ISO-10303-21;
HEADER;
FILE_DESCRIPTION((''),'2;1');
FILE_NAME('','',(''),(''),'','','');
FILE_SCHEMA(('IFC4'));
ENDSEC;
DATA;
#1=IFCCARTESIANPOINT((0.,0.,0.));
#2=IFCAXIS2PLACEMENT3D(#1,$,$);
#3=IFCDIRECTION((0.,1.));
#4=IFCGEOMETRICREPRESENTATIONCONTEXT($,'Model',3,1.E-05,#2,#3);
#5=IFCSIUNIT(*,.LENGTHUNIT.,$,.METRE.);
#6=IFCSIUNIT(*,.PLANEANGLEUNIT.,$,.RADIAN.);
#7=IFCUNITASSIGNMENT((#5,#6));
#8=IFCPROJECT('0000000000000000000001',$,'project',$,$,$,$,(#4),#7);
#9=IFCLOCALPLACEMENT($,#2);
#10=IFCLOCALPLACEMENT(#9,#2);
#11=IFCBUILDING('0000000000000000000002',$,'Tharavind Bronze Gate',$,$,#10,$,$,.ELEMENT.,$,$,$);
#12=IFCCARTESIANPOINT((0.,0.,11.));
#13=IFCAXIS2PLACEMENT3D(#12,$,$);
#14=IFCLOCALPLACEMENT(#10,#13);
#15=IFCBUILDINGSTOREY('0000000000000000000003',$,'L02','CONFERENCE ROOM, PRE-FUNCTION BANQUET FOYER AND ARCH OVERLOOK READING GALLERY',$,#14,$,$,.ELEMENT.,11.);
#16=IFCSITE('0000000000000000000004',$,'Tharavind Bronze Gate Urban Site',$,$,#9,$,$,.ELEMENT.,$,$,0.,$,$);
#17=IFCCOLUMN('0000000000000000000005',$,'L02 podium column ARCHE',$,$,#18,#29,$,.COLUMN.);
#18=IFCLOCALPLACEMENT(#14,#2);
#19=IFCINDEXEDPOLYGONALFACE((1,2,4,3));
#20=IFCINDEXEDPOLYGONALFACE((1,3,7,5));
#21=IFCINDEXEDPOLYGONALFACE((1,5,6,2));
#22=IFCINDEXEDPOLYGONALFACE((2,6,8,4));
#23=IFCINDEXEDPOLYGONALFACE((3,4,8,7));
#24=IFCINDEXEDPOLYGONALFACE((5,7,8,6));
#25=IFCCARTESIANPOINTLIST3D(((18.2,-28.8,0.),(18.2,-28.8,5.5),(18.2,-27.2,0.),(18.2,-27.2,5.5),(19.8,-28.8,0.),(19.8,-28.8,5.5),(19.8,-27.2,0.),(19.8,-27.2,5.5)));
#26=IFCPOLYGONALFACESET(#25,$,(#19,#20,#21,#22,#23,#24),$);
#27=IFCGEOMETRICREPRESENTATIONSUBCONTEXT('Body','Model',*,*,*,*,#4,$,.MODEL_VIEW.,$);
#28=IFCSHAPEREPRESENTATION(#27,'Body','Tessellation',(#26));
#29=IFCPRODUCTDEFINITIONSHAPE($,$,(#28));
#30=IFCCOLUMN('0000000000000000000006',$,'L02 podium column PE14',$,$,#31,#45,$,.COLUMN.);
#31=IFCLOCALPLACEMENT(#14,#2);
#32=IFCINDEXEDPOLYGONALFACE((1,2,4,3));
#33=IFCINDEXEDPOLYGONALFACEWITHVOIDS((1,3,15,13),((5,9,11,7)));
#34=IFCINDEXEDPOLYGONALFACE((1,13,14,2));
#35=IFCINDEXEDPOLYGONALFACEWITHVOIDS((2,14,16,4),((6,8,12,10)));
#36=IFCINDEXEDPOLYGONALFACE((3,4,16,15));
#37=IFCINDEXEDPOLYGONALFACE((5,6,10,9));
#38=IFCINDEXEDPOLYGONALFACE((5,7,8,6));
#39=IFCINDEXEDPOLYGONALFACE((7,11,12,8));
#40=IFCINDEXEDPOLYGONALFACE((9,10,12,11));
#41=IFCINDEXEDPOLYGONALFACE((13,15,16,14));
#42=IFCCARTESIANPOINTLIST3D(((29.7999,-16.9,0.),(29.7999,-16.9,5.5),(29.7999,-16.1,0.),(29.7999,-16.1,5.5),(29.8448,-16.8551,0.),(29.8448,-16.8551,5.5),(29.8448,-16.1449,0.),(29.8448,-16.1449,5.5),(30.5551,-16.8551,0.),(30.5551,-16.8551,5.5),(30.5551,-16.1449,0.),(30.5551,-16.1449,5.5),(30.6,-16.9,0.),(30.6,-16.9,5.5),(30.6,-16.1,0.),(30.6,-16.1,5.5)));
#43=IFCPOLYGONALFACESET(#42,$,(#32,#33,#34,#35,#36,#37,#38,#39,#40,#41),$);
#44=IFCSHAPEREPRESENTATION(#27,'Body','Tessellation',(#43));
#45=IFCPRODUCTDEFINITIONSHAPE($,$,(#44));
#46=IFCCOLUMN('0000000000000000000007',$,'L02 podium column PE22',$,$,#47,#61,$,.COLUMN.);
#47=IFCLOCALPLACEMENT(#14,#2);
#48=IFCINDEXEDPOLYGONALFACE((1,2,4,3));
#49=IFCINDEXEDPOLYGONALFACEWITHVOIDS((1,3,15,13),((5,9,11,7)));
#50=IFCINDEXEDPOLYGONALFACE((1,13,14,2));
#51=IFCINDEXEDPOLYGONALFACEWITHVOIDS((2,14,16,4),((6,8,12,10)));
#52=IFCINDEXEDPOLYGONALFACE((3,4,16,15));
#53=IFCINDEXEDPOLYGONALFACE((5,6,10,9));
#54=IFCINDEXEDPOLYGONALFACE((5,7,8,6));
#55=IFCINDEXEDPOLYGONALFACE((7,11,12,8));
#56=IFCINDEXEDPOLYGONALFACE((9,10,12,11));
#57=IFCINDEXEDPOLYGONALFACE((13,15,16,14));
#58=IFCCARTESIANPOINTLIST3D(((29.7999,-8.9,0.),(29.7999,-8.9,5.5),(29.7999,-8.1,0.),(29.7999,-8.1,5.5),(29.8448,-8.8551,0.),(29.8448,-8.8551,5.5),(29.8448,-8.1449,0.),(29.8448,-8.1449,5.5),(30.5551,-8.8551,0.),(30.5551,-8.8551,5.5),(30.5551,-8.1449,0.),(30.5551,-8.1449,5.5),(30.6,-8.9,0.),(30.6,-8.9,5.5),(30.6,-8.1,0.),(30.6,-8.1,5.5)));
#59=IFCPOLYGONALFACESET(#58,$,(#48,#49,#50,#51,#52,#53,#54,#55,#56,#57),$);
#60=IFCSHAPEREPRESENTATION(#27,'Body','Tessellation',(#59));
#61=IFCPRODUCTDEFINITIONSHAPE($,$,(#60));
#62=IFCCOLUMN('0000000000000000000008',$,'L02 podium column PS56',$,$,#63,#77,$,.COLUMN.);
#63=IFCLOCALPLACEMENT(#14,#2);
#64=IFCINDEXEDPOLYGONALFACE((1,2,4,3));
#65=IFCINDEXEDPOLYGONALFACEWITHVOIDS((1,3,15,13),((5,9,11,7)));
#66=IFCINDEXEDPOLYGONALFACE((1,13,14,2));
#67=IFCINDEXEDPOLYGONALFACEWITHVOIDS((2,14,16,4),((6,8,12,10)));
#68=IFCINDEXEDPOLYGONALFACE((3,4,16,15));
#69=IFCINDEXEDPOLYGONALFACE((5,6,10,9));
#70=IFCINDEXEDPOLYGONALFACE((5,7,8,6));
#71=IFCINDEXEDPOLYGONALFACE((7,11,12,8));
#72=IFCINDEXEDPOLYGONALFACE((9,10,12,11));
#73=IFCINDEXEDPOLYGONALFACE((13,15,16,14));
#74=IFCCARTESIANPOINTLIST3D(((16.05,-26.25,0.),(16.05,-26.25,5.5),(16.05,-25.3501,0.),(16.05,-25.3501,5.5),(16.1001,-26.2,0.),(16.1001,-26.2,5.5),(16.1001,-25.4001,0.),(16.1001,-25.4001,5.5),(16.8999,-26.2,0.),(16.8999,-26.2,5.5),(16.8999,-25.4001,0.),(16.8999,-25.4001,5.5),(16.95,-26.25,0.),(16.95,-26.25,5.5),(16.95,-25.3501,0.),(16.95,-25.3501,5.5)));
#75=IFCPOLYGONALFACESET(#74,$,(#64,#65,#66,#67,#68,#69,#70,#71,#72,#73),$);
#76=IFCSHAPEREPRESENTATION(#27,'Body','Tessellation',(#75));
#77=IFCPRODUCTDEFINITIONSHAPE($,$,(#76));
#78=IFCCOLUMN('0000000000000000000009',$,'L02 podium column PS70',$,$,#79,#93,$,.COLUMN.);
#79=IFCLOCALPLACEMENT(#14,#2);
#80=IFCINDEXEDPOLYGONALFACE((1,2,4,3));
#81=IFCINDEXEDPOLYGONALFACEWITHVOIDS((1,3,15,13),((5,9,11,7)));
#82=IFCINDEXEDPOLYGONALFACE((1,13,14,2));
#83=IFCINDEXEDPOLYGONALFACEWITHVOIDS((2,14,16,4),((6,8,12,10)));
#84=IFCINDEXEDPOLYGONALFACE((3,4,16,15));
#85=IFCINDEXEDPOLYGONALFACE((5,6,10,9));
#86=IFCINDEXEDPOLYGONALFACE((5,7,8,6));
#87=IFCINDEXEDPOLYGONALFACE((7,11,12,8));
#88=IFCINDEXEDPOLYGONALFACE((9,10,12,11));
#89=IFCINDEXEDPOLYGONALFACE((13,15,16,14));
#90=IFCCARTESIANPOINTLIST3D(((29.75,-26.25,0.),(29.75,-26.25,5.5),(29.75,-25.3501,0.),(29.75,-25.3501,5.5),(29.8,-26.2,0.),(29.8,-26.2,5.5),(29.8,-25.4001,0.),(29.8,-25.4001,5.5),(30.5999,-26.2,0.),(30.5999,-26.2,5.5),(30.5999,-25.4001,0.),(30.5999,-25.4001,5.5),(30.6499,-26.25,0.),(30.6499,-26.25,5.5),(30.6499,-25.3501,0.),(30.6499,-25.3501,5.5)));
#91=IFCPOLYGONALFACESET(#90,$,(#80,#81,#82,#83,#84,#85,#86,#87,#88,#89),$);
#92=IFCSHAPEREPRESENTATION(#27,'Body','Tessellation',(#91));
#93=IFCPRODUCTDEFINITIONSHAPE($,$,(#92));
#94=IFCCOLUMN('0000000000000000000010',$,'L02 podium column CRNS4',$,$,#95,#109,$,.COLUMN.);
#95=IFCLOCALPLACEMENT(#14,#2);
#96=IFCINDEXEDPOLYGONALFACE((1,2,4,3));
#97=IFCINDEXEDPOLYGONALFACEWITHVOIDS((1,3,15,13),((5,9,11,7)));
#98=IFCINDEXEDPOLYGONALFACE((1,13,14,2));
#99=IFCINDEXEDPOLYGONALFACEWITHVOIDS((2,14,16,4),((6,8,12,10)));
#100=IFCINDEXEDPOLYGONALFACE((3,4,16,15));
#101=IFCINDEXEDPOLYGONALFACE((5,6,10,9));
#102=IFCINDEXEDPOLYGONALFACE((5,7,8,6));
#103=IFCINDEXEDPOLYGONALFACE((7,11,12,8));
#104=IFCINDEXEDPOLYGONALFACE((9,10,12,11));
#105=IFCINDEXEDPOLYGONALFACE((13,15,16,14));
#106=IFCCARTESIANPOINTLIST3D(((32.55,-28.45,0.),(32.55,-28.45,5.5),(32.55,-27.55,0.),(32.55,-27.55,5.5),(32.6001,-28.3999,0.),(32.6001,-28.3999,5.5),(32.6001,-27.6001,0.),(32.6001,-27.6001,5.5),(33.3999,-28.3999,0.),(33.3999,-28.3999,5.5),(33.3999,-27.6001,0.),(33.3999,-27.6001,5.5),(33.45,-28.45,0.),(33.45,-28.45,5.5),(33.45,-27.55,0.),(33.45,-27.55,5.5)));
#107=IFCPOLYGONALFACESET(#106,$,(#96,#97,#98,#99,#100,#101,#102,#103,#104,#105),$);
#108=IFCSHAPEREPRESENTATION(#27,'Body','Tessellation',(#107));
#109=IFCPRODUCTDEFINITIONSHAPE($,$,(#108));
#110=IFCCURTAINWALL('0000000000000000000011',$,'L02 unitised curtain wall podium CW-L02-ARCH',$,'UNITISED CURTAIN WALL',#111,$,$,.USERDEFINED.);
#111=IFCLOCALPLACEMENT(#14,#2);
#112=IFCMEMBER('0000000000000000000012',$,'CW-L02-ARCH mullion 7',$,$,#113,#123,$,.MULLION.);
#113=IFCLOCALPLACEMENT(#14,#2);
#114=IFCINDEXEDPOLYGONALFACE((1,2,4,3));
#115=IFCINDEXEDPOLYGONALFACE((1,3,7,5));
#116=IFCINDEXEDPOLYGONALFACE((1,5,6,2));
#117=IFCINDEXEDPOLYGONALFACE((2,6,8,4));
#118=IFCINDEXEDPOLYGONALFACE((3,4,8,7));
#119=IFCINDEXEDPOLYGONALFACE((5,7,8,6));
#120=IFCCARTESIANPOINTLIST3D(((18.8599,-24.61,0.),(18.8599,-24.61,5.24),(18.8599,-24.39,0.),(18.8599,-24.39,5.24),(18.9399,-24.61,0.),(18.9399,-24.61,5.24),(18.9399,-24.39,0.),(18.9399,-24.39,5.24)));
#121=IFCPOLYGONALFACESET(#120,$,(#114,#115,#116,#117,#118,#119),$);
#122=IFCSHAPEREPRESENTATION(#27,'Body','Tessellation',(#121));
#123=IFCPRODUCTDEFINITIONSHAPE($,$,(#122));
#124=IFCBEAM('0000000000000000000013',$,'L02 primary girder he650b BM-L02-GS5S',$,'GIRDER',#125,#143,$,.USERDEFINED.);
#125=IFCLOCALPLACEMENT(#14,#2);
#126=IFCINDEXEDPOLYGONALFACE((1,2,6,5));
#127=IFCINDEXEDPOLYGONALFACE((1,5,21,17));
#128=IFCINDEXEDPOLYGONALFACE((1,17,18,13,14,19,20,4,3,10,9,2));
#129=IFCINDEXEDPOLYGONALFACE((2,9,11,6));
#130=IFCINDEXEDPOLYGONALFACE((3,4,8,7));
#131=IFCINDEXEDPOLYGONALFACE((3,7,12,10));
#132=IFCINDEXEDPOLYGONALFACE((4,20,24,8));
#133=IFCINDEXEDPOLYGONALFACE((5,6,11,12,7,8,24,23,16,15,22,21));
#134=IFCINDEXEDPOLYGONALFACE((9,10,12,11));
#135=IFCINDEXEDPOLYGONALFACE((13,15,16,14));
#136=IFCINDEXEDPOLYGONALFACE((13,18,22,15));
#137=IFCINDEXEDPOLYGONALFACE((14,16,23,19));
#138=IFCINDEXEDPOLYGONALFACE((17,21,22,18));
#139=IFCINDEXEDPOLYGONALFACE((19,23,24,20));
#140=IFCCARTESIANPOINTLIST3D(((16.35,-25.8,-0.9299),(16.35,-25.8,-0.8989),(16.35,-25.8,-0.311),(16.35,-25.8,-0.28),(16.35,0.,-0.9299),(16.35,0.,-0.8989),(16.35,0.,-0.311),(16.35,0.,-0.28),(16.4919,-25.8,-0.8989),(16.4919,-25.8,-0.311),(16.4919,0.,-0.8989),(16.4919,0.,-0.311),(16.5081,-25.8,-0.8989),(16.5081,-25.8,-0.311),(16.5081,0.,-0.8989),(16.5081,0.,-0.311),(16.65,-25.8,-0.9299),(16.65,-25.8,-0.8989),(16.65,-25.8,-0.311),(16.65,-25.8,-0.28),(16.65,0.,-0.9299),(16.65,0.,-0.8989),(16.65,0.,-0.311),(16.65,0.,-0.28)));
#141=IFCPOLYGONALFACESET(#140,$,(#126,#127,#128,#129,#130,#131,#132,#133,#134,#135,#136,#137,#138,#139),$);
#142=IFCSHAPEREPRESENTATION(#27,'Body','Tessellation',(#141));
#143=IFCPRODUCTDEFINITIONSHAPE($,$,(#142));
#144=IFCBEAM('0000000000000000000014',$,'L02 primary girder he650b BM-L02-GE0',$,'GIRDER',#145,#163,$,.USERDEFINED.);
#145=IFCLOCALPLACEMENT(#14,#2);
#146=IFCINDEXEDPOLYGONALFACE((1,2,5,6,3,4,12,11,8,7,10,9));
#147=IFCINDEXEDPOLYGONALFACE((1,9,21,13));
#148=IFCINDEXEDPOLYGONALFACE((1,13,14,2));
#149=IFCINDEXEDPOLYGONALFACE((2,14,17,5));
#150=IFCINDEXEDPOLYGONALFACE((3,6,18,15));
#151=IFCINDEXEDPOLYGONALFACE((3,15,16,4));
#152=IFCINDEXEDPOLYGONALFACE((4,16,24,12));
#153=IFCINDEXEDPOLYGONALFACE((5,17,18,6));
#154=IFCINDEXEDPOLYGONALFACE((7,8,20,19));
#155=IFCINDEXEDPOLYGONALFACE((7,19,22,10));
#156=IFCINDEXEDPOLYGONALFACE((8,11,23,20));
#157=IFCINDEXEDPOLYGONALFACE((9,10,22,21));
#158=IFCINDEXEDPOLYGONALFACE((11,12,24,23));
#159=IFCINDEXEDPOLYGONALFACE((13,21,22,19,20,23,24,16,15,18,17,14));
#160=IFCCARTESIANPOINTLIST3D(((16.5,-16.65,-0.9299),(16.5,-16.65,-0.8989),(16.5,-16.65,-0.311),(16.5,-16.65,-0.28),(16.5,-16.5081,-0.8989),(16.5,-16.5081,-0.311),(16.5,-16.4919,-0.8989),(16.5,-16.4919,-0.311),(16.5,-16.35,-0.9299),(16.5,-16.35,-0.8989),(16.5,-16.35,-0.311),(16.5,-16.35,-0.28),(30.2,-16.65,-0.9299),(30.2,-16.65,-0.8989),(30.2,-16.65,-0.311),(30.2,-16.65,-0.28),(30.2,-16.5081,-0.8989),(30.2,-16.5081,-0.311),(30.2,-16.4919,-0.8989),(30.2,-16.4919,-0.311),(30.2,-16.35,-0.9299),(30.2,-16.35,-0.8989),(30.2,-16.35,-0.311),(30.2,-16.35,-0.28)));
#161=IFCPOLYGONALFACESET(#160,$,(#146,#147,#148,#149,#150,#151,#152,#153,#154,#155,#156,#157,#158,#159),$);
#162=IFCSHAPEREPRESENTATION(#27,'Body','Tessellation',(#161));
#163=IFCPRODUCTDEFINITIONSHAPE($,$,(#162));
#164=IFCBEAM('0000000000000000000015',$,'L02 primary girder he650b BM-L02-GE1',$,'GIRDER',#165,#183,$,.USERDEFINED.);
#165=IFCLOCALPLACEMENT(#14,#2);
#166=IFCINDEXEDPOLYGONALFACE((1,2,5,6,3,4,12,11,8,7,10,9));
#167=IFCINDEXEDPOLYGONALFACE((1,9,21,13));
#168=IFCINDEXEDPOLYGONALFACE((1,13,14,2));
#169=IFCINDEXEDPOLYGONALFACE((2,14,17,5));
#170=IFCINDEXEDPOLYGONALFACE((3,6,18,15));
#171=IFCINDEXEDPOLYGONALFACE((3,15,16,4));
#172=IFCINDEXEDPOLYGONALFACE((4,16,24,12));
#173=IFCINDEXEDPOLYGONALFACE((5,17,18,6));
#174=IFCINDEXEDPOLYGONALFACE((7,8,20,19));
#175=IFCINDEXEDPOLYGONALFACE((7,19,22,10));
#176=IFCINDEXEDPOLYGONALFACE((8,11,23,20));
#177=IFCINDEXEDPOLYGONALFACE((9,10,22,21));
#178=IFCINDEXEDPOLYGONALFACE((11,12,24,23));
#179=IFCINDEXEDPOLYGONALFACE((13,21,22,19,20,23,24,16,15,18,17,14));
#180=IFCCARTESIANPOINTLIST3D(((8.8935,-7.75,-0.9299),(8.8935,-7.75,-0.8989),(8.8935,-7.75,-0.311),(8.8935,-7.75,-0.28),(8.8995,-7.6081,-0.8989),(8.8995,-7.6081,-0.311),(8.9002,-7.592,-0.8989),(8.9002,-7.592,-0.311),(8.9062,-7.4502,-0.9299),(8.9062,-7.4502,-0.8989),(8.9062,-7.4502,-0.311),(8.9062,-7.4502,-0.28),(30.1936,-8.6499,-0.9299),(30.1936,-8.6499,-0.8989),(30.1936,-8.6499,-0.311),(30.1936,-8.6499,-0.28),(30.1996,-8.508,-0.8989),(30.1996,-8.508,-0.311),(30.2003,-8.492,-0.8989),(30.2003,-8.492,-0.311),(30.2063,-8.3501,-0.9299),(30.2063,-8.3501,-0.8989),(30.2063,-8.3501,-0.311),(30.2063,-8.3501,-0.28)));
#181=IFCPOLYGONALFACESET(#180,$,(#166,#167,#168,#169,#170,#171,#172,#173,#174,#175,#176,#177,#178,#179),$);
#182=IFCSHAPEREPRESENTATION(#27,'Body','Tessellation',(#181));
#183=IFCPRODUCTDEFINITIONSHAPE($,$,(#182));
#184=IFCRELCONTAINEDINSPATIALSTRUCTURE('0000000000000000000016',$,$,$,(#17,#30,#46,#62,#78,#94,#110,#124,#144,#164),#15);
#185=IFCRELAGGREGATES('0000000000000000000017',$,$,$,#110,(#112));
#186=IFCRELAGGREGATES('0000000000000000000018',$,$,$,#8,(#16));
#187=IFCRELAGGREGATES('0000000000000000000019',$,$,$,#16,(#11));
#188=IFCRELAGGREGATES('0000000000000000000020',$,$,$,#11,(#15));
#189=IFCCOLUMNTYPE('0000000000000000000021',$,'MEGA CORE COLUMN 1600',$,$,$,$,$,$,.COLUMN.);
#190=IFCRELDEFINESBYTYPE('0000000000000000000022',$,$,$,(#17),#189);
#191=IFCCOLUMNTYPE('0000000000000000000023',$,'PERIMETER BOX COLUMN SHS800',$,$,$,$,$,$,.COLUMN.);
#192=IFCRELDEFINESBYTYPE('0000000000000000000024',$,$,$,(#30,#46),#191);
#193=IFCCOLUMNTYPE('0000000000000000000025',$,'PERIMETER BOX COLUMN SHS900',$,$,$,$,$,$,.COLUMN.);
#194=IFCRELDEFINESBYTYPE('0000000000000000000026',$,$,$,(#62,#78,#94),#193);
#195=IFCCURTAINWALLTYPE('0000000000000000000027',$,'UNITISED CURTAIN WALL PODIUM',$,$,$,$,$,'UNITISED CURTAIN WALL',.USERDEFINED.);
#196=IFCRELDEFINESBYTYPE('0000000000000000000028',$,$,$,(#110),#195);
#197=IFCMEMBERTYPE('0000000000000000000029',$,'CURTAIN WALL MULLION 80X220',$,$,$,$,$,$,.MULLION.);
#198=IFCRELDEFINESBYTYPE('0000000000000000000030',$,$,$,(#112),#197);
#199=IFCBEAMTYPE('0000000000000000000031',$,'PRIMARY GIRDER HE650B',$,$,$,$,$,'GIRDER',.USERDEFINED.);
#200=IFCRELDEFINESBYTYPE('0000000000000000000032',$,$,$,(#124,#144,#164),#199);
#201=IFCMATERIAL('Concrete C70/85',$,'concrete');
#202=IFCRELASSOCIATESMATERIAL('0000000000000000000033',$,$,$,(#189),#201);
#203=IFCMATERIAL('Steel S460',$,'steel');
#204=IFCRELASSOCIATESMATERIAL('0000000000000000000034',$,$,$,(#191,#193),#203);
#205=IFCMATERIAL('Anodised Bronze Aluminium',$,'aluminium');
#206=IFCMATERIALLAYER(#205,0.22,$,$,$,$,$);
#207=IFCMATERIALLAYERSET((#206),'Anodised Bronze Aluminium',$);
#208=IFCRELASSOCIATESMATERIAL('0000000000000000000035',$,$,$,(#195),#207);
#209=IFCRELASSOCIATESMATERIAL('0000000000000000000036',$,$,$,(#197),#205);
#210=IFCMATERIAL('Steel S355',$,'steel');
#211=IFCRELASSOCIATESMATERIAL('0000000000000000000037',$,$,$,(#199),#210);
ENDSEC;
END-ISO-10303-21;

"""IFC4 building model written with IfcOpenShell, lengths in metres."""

from ifc_helpers import new_model, si_unit, direction, frame, origin, origin_2d, place, context, subcontext, project, spatial, rectangle, hollow_rectangle, i_section, extrude, material, layer, layer_set, material_profile, profile_set, type_object, element, aggregate, save


model = new_model("IFC4")

# Units and contexts
model_context = context("Model", 3, precision=1e-05, world=origin(), true_north=direction((0.0, 1.0)))
body_context = subcontext(model_context, "Body", "Model", "MODEL_VIEW")
ifc_project = project(units=[si_unit("LENGTHUNIT", "METRE"), si_unit("PLANEANGLEUNIT", "RADIAN")], contexts=[model_context])

# Site, building, storey
site_placement = place(None, origin())
site = spatial("IfcSite", under=ifc_project, at=site_placement, Name="Tharavind Bronze Gate Urban Site", CompositionType="ELEMENT", RefElevation=0.0)
building_placement = place(site_placement, origin())
building = spatial("IfcBuilding", under=site, at=building_placement, Name="Tharavind Bronze Gate", CompositionType="ELEMENT")
storey_placement = place(building_placement, frame((0.0, 0.0, 11.0)))
storey = spatial("IfcBuildingStorey", under=building, at=storey_placement, Name="L02", Description="CONFERENCE ROOM, PRE-FUNCTION BANQUET FOYER AND ARCH OVERLOOK READING GALLERY", CompositionType="ELEMENT", Elevation=11.0)

# Columns
ifc_material_1 = material(Name="Concrete C70/85", Category="concrete")
ifc_material_profile_1 = material_profile(ifc_material_1, rectangle(XDim=1.6001, YDim=1.6001, at=origin_2d()), Name="RCCOL1600")
ifc_profile_set_1 = profile_set([ifc_material_profile_1], Name="Concrete C70/85")
column_type_1 = type_object("IfcColumnType", Name="MEGA CORE COLUMN 1600", PredefinedType="COLUMN", material=ifc_profile_set_1)
column_placement = place(storey_placement, frame((19.0, -28.0, 0.0), z_axis=(0.0, 0.0, 1.0), x_axis=(1.0, 0.0, 0.0)))
element("IfcColumn", 1, at=column_placement, inside=storey, type_object=column_type_1, Name="L02 podium column ARCHE", PredefinedType="COLUMN", context=body_context, shape_type="SweptSolid", body=[
    extrude(rectangle(XDim=1.6001, YDim=1.6001, at=origin_2d()), origin(), (0.0, 0.0, 1.0), 5.5),
])
ifc_material_2 = material(Name="Steel S460", Category="steel")
ifc_material_profile_2 = material_profile(ifc_material_2, hollow_rectangle(XDim=0.8, YDim=0.8, WallThickness=0.0449, at=origin_2d()), Name="SHS800X45")
ifc_profile_set_2 = profile_set([ifc_material_profile_2], Name="Steel S460")
column_type_2 = type_object("IfcColumnType", Name="PERIMETER BOX COLUMN SHS800", PredefinedType="COLUMN", material=ifc_profile_set_2)
for number, where, z_axis, x_axis, name in (
    (2, (30.2, -16.5, 0.0), (0.0, 0.0, 1.0), (1.0, 0.0, 0.0), "L02 podium column PE14"),
    (3, (30.2, -8.5, 0.0), (0.0, 0.0, 1.0), (1.0, 0.0, 0.0), "L02 podium column PE22"),
):
    element("IfcColumn", number, at=place(storey_placement, frame(where, z_axis=z_axis, x_axis=x_axis)), inside=storey, type_object=column_type_2, Name=name, PredefinedType="COLUMN", context=body_context, shape_type="SweptSolid", body=[
        extrude(hollow_rectangle(XDim=0.8, YDim=0.8, WallThickness=0.0449, at=origin_2d()), origin(), (0.0, 0.0, 1.0), 5.5),
    ])
ifc_material_profile_3 = material_profile(ifc_material_2, hollow_rectangle(XDim=0.8999, YDim=0.8999, WallThickness=0.05, at=origin_2d()), Name="SHS900X50")
ifc_profile_set_3 = profile_set([ifc_material_profile_3], Name="Steel S460")
column_type_3 = type_object("IfcColumnType", Name="PERIMETER BOX COLUMN SHS900", PredefinedType="COLUMN", material=ifc_profile_set_3)
for number, where, z_axis, x_axis, name in (
    (4, (16.5, -25.8, 0.0), (0.0, 0.0, 1.0), (1.0, 0.0, 0.0), "L02 podium column PS56"),
    (5, (30.2, -25.8, 0.0), (0.0, 0.0, 1.0), (1.0, 0.0, 0.0), "L02 podium column PS70"),
    (6, (33.0, -28.0, 0.0), (0.0, 0.0, 1.0), (1.0, 0.0, 0.0), "L02 podium column CRNS4"),
):
    element("IfcColumn", number, at=place(storey_placement, frame(where, z_axis=z_axis, x_axis=x_axis)), inside=storey, type_object=column_type_3, Name=name, PredefinedType="COLUMN", context=body_context, shape_type="SweptSolid", body=[
        extrude(hollow_rectangle(XDim=0.8999, YDim=0.8999, WallThickness=0.05, at=origin_2d()), origin(), (0.0, 0.0, 1.0), 5.5),
    ])

# Curtain wall, member
ifc_material_3 = material(Name="Anodised Bronze Aluminium", Category="aluminium")
ifc_layer_1 = layer(ifc_material_3, 0.22)
ifc_layer_set_1 = layer_set([ifc_layer_1], Name="Anodised Bronze Aluminium")
curtain_wall_type = type_object("IfcCurtainWallType", Name="UNITISED CURTAIN WALL PODIUM", ElementType="UNITISED CURTAIN WALL", PredefinedType="USERDEFINED", material=ifc_layer_set_1)
curtain_wall_placement = place(storey_placement, origin())
curtain_wall = element("IfcCurtainWall", 7, at=curtain_wall_placement, inside=storey, type_object=curtain_wall_type, Name="L02 unitised curtain wall podium CW-L02-ARCH", ObjectType="UNITISED CURTAIN WALL", PredefinedType="USERDEFINED")
member_type = type_object("IfcMemberType", Name="CURTAIN WALL MULLION 80X220", PredefinedType="MULLION", material=ifc_material_3)
member_placement = place(storey_placement, frame((18.8999, -24.5, 0.0), z_axis=(0.0, 0.0, 1.0), x_axis=(1.0, 0.0, 0.0)))
member = element("IfcMember", 8, at=member_placement, type_object=member_type, Name="CW-L02-ARCH mullion 7", PredefinedType="MULLION", context=body_context, shape_type="SweptSolid", body=[
    extrude(rectangle(XDim=0.0801, YDim=0.22, at=origin_2d()), origin(), (0.0, 0.0, 1.0), 5.24),
])

# Beams
ifc_material_4 = material(Name="Steel S355", Category="steel")
ifc_material_profile_4 = material_profile(ifc_material_4, i_section(OverallWidth=0.3, OverallDepth=0.6499, WebThickness=0.0161, FlangeThickness=0.031, at=origin_2d()), Name="HE650B")
ifc_profile_set_4 = profile_set([ifc_material_profile_4], Name="Steel S355")
beam_type_1 = type_object("IfcBeamType", Name="PRIMARY GIRDER HE650B", ElementType="GIRDER", PredefinedType="USERDEFINED", material=ifc_profile_set_4)
beam_1_placement = place(storey_placement, frame((16.5, -25.8, -0.605), z_axis=(0.0, 1.0, 0.0), x_axis=(-1.0, 0.0, 0.0)))
element("IfcBeam", 9, at=beam_1_placement, inside=storey, type_object=beam_type_1, Name="L02 primary girder he650b BM-L02-GS5S", ObjectType="GIRDER", PredefinedType="USERDEFINED", context=body_context, shape_type="SweptSolid", body=[
    extrude(i_section(OverallWidth=0.3, OverallDepth=0.6499, WebThickness=0.0161, FlangeThickness=0.031, at=origin_2d()), origin(), (0.0, 0.0, 1.0), 25.8),
])
beam_2_placement = place(storey_placement, frame((30.2, -16.5, -0.605), z_axis=(-1.0, 0.0, 0.0), x_axis=(0.0, -1.0, 0.0)))
element("IfcBeam", 10, at=beam_2_placement, inside=storey, type_object=beam_type_1, Name="L02 primary girder he650b BM-L02-GE0", ObjectType="GIRDER", PredefinedType="USERDEFINED", context=body_context, shape_type="SweptSolid", body=[
    extrude(i_section(OverallWidth=0.3, OverallDepth=0.6499, WebThickness=0.0161, FlangeThickness=0.031, at=origin_2d()), origin(), (0.0, 0.0, 1.0), 13.7),
])
beam_3_placement = place(storey_placement, frame((30.2, -8.5, -0.605), z_axis=(-0.999109, 0.042211, 0.0), x_axis=(-0.042211, -0.999109, 0.0)))
element("IfcBeam", 11, at=beam_3_placement, inside=storey, type_object=beam_type_1, Name="L02 primary girder he650b BM-L02-GE1", ObjectType="GIRDER", PredefinedType="USERDEFINED", context=body_context, shape_type="SweptSolid", body=[
    extrude(i_section(OverallWidth=0.3, OverallDepth=0.6499, WebThickness=0.0161, FlangeThickness=0.031, at=origin_2d()), origin(), (0.0, 0.0, 1.0), 21.3191),
])

aggregate(curtain_wall, [member])

save(model, "model.ifc")
